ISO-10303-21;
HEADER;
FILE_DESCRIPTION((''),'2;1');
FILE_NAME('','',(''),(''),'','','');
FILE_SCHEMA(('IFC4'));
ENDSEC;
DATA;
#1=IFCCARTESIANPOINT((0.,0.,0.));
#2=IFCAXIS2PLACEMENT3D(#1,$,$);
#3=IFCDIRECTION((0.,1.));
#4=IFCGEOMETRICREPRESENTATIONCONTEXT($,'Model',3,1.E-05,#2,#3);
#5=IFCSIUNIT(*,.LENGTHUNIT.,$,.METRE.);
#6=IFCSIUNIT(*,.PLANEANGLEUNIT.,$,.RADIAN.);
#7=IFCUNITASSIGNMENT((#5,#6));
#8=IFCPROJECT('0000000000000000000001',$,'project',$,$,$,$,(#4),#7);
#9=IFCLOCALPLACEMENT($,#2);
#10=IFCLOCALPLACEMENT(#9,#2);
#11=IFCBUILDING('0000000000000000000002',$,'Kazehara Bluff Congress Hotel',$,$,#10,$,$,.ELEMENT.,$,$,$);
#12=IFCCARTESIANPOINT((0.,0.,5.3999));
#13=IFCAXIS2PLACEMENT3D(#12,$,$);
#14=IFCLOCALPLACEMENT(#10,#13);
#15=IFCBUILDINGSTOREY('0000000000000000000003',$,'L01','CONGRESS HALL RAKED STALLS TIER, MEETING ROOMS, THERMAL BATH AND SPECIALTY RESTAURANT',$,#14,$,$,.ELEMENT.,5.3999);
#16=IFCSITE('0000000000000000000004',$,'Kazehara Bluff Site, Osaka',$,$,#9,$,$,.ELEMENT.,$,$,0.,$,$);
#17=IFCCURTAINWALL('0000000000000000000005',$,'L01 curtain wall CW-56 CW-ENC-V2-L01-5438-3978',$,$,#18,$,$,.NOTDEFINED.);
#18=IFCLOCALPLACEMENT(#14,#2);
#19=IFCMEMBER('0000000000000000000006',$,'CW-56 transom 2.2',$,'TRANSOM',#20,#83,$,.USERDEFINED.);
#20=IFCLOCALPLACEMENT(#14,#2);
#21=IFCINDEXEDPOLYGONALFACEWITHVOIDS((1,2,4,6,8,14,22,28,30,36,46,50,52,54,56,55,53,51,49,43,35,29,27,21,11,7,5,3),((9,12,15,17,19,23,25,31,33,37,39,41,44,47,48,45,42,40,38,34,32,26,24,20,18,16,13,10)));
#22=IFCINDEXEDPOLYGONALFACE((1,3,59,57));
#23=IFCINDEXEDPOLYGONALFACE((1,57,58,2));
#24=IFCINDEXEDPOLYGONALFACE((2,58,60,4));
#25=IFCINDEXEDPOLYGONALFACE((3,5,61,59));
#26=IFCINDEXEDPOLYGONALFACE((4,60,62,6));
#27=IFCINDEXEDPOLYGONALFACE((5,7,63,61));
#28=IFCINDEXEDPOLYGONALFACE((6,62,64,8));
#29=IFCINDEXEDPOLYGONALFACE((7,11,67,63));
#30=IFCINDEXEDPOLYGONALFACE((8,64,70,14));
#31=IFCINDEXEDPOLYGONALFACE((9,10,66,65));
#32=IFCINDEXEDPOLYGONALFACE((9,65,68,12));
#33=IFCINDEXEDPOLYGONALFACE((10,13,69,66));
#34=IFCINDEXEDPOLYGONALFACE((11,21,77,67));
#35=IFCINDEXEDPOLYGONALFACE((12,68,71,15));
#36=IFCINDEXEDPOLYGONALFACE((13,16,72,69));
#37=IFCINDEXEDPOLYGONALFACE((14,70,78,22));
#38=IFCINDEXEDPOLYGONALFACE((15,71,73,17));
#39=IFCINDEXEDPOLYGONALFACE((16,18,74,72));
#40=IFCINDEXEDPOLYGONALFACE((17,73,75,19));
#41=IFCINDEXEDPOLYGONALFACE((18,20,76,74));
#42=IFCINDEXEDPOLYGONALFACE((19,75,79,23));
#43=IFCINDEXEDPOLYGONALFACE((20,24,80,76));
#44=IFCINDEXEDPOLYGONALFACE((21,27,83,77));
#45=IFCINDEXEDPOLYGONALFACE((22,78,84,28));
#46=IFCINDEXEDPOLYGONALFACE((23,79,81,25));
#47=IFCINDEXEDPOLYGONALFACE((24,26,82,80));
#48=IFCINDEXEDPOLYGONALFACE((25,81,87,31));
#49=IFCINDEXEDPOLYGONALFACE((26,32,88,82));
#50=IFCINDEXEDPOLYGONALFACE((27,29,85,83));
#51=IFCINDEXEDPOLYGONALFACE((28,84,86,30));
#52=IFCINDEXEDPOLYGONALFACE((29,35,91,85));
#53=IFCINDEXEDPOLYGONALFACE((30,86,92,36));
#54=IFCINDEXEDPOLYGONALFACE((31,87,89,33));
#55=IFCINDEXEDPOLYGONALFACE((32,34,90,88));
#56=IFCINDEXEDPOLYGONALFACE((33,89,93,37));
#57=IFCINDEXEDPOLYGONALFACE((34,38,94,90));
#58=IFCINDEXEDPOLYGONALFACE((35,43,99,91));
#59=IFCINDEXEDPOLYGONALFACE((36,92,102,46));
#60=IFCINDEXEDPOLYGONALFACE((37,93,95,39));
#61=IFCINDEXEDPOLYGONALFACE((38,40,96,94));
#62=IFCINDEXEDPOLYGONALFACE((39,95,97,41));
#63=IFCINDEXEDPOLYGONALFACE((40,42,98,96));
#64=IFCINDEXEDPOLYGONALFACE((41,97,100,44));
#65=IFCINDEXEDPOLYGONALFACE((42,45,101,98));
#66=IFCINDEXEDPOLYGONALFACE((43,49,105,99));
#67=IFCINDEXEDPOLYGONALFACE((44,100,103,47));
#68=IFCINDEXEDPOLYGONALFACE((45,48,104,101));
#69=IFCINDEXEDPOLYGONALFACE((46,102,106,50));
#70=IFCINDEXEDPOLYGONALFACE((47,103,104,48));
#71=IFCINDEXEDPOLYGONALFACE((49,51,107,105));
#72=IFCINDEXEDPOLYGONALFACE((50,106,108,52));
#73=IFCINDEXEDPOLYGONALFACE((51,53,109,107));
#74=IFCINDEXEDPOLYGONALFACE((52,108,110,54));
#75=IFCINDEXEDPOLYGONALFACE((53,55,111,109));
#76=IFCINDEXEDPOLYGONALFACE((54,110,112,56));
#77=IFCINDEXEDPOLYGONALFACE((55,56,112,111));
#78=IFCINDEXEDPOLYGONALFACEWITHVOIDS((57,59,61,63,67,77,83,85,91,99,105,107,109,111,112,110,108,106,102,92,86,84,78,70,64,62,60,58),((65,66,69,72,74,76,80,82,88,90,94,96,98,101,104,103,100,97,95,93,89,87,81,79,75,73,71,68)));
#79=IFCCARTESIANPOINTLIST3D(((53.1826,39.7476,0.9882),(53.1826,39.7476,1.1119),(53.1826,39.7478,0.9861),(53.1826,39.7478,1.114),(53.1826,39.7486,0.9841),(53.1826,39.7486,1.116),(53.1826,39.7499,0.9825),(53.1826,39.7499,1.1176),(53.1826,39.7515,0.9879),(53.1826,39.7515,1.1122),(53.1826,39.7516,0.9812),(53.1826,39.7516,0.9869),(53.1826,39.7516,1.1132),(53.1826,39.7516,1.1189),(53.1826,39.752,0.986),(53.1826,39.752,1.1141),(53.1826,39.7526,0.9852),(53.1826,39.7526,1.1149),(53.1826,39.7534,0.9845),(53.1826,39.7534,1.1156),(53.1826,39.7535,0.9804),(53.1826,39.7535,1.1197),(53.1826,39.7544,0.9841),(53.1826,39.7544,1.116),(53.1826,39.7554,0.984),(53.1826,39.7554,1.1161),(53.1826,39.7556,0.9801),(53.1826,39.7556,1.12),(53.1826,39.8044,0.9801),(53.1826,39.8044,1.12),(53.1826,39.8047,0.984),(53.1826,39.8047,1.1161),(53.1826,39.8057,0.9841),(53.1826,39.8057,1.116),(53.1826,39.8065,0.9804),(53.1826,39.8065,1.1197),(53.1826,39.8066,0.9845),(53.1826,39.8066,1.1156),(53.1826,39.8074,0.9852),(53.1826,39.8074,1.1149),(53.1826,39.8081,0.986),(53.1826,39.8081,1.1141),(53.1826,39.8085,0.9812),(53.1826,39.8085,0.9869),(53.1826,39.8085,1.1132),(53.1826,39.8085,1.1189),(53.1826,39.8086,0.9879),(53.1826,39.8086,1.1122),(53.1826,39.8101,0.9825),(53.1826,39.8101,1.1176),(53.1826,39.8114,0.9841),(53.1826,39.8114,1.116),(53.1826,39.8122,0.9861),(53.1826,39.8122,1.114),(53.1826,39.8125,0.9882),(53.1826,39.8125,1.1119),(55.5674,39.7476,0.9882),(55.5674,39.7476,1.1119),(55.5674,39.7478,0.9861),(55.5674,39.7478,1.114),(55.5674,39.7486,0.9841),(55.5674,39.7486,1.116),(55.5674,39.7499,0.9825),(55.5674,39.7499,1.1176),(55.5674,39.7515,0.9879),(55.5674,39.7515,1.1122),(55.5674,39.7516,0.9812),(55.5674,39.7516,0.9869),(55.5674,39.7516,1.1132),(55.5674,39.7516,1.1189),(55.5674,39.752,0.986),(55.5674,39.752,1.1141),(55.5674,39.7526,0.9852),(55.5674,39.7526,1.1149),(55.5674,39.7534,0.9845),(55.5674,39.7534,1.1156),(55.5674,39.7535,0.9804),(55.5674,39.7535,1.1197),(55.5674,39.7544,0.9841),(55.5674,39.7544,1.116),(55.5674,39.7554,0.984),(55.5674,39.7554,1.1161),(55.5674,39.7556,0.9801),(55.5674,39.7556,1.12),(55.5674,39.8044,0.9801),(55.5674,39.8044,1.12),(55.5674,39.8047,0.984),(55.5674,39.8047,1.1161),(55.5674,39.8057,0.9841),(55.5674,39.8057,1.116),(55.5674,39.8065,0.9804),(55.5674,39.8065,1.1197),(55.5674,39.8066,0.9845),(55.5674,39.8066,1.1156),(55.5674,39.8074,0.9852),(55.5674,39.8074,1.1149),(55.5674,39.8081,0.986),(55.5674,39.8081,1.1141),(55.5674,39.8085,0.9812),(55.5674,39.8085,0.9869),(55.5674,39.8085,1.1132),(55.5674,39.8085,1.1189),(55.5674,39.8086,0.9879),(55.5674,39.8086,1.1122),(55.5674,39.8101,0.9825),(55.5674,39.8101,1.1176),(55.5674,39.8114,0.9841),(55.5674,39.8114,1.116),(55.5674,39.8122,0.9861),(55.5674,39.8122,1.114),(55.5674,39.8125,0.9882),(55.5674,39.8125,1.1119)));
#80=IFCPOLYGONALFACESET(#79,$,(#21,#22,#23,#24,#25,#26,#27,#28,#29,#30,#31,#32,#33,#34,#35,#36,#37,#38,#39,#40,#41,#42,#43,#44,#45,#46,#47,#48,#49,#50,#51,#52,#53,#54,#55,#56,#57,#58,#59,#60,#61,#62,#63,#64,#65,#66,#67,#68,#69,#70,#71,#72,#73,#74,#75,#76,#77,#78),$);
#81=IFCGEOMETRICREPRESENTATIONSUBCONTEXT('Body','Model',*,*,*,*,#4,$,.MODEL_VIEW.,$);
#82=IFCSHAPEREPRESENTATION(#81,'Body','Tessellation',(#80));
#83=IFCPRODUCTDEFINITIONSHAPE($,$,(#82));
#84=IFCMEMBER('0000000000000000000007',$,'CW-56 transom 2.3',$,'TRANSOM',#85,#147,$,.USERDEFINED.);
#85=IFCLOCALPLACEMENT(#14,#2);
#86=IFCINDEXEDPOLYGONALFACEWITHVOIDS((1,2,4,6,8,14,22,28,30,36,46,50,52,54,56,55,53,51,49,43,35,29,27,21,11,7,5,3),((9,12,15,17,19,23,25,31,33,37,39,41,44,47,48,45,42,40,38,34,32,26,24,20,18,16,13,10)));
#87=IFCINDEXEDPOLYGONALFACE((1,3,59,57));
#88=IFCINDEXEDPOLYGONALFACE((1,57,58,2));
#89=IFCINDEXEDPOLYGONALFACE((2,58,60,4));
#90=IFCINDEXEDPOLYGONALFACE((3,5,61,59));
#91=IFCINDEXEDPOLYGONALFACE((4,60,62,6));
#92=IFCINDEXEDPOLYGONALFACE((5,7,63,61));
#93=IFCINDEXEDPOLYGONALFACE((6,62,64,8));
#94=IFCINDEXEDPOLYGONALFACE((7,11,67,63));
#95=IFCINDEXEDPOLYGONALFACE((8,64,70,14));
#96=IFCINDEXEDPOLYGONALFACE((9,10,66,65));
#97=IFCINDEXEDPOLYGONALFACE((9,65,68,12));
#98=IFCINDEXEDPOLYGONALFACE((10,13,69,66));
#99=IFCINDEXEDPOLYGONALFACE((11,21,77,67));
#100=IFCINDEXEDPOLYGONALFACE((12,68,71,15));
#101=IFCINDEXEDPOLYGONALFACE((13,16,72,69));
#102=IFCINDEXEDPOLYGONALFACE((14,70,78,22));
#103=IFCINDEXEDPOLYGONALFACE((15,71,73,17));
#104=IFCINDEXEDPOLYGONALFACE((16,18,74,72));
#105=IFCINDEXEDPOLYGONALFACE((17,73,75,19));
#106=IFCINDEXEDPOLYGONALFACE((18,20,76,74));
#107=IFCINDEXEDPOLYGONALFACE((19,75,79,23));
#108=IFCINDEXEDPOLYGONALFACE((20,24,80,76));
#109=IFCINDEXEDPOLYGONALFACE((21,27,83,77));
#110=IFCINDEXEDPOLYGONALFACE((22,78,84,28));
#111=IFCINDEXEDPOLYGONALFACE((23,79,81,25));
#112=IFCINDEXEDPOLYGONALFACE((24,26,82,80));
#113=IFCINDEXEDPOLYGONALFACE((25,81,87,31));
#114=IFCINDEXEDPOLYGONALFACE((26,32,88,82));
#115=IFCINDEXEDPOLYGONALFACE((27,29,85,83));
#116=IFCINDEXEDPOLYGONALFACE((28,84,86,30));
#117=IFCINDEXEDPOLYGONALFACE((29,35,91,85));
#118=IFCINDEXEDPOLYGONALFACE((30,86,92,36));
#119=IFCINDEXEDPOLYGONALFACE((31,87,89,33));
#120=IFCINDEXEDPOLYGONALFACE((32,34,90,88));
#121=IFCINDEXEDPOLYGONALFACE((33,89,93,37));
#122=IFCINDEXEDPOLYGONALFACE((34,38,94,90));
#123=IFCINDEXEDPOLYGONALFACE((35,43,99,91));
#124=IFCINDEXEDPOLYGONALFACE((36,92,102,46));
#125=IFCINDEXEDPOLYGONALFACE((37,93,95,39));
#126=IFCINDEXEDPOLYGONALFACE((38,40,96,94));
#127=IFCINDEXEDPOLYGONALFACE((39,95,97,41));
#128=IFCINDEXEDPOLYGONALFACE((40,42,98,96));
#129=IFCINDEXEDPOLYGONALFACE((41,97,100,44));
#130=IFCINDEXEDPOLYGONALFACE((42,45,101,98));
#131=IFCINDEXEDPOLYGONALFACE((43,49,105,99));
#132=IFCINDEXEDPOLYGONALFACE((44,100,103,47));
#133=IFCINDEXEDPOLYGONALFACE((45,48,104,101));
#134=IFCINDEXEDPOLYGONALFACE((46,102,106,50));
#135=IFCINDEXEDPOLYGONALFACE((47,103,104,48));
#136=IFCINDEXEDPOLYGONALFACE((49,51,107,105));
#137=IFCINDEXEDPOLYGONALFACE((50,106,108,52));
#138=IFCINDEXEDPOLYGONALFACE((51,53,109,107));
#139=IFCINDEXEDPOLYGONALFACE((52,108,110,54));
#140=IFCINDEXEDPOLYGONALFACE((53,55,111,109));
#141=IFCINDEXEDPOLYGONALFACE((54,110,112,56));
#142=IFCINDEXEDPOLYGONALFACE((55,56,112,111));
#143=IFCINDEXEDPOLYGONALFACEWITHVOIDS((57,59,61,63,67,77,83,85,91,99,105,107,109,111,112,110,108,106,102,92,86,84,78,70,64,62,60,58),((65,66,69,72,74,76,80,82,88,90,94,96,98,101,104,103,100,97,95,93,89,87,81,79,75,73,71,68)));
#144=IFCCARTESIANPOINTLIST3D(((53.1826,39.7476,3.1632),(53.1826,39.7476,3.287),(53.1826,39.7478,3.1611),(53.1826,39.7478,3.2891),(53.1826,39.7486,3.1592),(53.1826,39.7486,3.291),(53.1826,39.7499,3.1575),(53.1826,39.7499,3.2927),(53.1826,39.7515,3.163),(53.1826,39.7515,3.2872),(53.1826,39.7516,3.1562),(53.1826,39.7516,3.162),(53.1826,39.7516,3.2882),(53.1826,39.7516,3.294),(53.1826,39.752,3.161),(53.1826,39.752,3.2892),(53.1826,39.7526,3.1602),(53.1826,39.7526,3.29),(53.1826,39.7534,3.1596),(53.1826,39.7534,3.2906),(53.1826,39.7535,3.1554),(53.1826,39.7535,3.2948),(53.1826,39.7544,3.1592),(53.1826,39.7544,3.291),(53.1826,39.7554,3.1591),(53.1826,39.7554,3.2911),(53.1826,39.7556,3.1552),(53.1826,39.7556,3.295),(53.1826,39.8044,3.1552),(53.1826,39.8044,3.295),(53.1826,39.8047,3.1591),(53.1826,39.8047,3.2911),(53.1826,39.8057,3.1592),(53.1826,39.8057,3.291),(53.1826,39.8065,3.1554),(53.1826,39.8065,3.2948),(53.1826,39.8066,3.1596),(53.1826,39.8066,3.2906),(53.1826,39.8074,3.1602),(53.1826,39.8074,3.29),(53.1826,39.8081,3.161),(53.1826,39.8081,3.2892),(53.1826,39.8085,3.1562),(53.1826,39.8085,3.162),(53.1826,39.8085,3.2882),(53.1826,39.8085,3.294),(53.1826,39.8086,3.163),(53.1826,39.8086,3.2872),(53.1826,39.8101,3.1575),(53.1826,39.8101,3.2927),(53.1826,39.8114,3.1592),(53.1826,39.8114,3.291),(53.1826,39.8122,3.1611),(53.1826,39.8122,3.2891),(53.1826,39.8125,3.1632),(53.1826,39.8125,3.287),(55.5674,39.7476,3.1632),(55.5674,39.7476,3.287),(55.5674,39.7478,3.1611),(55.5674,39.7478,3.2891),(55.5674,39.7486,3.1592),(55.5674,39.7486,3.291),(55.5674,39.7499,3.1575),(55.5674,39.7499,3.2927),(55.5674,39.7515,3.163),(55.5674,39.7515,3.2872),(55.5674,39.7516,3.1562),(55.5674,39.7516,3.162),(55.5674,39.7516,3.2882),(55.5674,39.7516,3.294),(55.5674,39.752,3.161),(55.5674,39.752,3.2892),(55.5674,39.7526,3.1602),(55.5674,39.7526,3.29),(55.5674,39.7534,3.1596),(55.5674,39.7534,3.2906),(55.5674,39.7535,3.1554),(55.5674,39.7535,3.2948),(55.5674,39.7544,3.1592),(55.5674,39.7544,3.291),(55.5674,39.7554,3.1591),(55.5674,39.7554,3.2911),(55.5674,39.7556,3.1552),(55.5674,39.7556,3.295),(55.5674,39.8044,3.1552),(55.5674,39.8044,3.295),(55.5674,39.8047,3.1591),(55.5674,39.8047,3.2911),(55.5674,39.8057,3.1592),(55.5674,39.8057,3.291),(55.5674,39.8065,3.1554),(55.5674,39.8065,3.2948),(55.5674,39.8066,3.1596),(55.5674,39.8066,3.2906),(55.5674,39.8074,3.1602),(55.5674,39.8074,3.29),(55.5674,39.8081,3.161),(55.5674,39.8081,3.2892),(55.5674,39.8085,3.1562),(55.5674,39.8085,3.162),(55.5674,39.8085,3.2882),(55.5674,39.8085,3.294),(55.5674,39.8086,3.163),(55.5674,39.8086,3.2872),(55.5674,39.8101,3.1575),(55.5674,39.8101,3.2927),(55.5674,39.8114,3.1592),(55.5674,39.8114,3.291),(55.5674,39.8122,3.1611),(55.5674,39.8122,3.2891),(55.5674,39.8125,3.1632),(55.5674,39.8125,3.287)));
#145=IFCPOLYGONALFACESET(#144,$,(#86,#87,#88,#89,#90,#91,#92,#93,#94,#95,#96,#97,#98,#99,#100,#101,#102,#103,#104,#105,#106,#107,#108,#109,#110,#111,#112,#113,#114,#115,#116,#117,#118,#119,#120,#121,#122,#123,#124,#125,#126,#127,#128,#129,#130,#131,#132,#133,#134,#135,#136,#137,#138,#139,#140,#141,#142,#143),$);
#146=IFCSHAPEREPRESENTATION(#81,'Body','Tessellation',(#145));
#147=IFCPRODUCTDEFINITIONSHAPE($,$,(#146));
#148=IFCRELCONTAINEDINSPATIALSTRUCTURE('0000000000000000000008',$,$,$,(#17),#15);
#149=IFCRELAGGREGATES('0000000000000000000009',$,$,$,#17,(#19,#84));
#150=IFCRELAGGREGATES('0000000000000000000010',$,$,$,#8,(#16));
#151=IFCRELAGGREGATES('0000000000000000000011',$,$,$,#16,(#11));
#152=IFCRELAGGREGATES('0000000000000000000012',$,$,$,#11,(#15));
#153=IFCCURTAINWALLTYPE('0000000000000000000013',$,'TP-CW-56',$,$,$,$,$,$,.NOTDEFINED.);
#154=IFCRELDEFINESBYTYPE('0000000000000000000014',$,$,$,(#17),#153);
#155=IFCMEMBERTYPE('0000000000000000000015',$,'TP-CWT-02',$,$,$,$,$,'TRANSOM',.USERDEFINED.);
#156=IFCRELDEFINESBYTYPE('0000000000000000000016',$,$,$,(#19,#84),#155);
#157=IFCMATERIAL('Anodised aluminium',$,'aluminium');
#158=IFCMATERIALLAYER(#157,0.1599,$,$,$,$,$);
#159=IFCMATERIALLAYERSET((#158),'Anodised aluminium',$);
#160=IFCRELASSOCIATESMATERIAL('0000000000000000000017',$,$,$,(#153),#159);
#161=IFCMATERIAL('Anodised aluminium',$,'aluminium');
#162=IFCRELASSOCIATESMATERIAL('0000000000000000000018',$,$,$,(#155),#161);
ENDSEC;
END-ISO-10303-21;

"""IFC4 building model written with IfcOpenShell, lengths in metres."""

from ifc_helpers import new_model, si_unit, direction, frame, origin, origin_2d, place, context, subcontext, project, spatial, hollow_rectangle, extrude, material, layer, layer_set, material_profile, profile_set, type_object, element, aggregate, save


model = new_model("IFC4")

# Units and contexts
model_context = context("Model", 3, precision=1e-05, world=origin(), true_north=direction((0.0, 1.0)))
body_context = subcontext(model_context, "Body", "Model", "MODEL_VIEW")
ifc_project = project(units=[si_unit("LENGTHUNIT", "METRE"), si_unit("PLANEANGLEUNIT", "RADIAN")], contexts=[model_context])

# Site, building, storey
site_placement = place(None, origin())
site = spatial("IfcSite", under=ifc_project, at=site_placement, Name="Kazehara Bluff Site, Osaka", CompositionType="ELEMENT", RefElevation=0.0)
building_placement = place(site_placement, origin())
building = spatial("IfcBuilding", under=site, at=building_placement, Name="Kazehara Bluff Congress Hotel", CompositionType="ELEMENT")
storey_placement = place(building_placement, frame((0.0, 0.0, 5.3999)))
storey = spatial("IfcBuildingStorey", under=building, at=storey_placement, Name="L01", Description="CONGRESS HALL RAKED STALLS TIER, MEETING ROOMS, THERMAL BATH AND SPECIALTY RESTAURANT", CompositionType="ELEMENT", Elevation=5.3999)

# Curtain wall
ifc_material_1 = material(Name="Anodised aluminium", Category="aluminium")
ifc_layer_1 = layer(ifc_material_1, 0.1599)
ifc_layer_set_1 = layer_set([ifc_layer_1], Name="Anodised aluminium")
curtain_wall_type_1 = type_object("IfcCurtainWallType", Name="TP-CW-56", PredefinedType="NOTDEFINED", material=ifc_layer_set_1)
curtain_wall_1_placement = place(storey_placement, origin())
curtain_wall_1 = element("IfcCurtainWall", 1, at=curtain_wall_1_placement, inside=storey, type_object=curtain_wall_type_1, Name="L01 curtain wall CW-56 CW-ENC-V2-L01-5438-3978", PredefinedType="NOTDEFINED")

# Members
ifc_material_2 = material(Name="Anodised aluminium", Category="aluminium")
ifc_material_profile_1 = material_profile(ifc_material_2, hollow_rectangle(XDim=0.0649, YDim=0.1399, WallThickness=0.0039, InnerFilletRadius=0.0039, OuterFilletRadius=0.0081, at=origin_2d()))
ifc_profile_set_1 = profile_set([ifc_material_profile_1], Name="Anodised aluminium")
member_type_1 = type_object("IfcMemberType", Name="TP-CWT-02", ElementType="TRANSOM", PredefinedType="USERDEFINED", material=ifc_profile_set_1)
member_1_placement = place(storey_placement, frame((53.1826, 39.78, 1.05), z_axis=(1.0, 0.0, 0.0), x_axis=(0.0, 1.0, 0.0)))
member_1 = element("IfcMember", 2, at=member_1_placement, type_object=member_type_1, Name="CW-56 transom 2.2", ObjectType="TRANSOM", PredefinedType="USERDEFINED", context=body_context, shape_type="SweptSolid", body=[
    extrude(hollow_rectangle(XDim=0.0649, YDim=0.1399, WallThickness=0.0039, InnerFilletRadius=0.0039, OuterFilletRadius=0.0081, at=origin_2d()), origin(), (0.0, 0.0, 1.0), 2.3848),
])
member_2_placement = place(storey_placement, frame((53.1826, 39.78, 3.2251), z_axis=(1.0, 0.0, 0.0), x_axis=(0.0, 1.0, 0.0)))
member_2 = element("IfcMember", 3, at=member_2_placement, type_object=member_type_1, Name="CW-56 transom 2.3", ObjectType="TRANSOM", PredefinedType="USERDEFINED", context=body_context, shape_type="SweptSolid", body=[
    extrude(hollow_rectangle(XDim=0.0649, YDim=0.1399, WallThickness=0.0039, InnerFilletRadius=0.0039, OuterFilletRadius=0.0081, at=origin_2d()), origin(), (0.0, 0.0, 1.0), 2.3848),
])

aggregate(curtain_wall_1, [member_1, member_2])

save(model, "model.ifc")
